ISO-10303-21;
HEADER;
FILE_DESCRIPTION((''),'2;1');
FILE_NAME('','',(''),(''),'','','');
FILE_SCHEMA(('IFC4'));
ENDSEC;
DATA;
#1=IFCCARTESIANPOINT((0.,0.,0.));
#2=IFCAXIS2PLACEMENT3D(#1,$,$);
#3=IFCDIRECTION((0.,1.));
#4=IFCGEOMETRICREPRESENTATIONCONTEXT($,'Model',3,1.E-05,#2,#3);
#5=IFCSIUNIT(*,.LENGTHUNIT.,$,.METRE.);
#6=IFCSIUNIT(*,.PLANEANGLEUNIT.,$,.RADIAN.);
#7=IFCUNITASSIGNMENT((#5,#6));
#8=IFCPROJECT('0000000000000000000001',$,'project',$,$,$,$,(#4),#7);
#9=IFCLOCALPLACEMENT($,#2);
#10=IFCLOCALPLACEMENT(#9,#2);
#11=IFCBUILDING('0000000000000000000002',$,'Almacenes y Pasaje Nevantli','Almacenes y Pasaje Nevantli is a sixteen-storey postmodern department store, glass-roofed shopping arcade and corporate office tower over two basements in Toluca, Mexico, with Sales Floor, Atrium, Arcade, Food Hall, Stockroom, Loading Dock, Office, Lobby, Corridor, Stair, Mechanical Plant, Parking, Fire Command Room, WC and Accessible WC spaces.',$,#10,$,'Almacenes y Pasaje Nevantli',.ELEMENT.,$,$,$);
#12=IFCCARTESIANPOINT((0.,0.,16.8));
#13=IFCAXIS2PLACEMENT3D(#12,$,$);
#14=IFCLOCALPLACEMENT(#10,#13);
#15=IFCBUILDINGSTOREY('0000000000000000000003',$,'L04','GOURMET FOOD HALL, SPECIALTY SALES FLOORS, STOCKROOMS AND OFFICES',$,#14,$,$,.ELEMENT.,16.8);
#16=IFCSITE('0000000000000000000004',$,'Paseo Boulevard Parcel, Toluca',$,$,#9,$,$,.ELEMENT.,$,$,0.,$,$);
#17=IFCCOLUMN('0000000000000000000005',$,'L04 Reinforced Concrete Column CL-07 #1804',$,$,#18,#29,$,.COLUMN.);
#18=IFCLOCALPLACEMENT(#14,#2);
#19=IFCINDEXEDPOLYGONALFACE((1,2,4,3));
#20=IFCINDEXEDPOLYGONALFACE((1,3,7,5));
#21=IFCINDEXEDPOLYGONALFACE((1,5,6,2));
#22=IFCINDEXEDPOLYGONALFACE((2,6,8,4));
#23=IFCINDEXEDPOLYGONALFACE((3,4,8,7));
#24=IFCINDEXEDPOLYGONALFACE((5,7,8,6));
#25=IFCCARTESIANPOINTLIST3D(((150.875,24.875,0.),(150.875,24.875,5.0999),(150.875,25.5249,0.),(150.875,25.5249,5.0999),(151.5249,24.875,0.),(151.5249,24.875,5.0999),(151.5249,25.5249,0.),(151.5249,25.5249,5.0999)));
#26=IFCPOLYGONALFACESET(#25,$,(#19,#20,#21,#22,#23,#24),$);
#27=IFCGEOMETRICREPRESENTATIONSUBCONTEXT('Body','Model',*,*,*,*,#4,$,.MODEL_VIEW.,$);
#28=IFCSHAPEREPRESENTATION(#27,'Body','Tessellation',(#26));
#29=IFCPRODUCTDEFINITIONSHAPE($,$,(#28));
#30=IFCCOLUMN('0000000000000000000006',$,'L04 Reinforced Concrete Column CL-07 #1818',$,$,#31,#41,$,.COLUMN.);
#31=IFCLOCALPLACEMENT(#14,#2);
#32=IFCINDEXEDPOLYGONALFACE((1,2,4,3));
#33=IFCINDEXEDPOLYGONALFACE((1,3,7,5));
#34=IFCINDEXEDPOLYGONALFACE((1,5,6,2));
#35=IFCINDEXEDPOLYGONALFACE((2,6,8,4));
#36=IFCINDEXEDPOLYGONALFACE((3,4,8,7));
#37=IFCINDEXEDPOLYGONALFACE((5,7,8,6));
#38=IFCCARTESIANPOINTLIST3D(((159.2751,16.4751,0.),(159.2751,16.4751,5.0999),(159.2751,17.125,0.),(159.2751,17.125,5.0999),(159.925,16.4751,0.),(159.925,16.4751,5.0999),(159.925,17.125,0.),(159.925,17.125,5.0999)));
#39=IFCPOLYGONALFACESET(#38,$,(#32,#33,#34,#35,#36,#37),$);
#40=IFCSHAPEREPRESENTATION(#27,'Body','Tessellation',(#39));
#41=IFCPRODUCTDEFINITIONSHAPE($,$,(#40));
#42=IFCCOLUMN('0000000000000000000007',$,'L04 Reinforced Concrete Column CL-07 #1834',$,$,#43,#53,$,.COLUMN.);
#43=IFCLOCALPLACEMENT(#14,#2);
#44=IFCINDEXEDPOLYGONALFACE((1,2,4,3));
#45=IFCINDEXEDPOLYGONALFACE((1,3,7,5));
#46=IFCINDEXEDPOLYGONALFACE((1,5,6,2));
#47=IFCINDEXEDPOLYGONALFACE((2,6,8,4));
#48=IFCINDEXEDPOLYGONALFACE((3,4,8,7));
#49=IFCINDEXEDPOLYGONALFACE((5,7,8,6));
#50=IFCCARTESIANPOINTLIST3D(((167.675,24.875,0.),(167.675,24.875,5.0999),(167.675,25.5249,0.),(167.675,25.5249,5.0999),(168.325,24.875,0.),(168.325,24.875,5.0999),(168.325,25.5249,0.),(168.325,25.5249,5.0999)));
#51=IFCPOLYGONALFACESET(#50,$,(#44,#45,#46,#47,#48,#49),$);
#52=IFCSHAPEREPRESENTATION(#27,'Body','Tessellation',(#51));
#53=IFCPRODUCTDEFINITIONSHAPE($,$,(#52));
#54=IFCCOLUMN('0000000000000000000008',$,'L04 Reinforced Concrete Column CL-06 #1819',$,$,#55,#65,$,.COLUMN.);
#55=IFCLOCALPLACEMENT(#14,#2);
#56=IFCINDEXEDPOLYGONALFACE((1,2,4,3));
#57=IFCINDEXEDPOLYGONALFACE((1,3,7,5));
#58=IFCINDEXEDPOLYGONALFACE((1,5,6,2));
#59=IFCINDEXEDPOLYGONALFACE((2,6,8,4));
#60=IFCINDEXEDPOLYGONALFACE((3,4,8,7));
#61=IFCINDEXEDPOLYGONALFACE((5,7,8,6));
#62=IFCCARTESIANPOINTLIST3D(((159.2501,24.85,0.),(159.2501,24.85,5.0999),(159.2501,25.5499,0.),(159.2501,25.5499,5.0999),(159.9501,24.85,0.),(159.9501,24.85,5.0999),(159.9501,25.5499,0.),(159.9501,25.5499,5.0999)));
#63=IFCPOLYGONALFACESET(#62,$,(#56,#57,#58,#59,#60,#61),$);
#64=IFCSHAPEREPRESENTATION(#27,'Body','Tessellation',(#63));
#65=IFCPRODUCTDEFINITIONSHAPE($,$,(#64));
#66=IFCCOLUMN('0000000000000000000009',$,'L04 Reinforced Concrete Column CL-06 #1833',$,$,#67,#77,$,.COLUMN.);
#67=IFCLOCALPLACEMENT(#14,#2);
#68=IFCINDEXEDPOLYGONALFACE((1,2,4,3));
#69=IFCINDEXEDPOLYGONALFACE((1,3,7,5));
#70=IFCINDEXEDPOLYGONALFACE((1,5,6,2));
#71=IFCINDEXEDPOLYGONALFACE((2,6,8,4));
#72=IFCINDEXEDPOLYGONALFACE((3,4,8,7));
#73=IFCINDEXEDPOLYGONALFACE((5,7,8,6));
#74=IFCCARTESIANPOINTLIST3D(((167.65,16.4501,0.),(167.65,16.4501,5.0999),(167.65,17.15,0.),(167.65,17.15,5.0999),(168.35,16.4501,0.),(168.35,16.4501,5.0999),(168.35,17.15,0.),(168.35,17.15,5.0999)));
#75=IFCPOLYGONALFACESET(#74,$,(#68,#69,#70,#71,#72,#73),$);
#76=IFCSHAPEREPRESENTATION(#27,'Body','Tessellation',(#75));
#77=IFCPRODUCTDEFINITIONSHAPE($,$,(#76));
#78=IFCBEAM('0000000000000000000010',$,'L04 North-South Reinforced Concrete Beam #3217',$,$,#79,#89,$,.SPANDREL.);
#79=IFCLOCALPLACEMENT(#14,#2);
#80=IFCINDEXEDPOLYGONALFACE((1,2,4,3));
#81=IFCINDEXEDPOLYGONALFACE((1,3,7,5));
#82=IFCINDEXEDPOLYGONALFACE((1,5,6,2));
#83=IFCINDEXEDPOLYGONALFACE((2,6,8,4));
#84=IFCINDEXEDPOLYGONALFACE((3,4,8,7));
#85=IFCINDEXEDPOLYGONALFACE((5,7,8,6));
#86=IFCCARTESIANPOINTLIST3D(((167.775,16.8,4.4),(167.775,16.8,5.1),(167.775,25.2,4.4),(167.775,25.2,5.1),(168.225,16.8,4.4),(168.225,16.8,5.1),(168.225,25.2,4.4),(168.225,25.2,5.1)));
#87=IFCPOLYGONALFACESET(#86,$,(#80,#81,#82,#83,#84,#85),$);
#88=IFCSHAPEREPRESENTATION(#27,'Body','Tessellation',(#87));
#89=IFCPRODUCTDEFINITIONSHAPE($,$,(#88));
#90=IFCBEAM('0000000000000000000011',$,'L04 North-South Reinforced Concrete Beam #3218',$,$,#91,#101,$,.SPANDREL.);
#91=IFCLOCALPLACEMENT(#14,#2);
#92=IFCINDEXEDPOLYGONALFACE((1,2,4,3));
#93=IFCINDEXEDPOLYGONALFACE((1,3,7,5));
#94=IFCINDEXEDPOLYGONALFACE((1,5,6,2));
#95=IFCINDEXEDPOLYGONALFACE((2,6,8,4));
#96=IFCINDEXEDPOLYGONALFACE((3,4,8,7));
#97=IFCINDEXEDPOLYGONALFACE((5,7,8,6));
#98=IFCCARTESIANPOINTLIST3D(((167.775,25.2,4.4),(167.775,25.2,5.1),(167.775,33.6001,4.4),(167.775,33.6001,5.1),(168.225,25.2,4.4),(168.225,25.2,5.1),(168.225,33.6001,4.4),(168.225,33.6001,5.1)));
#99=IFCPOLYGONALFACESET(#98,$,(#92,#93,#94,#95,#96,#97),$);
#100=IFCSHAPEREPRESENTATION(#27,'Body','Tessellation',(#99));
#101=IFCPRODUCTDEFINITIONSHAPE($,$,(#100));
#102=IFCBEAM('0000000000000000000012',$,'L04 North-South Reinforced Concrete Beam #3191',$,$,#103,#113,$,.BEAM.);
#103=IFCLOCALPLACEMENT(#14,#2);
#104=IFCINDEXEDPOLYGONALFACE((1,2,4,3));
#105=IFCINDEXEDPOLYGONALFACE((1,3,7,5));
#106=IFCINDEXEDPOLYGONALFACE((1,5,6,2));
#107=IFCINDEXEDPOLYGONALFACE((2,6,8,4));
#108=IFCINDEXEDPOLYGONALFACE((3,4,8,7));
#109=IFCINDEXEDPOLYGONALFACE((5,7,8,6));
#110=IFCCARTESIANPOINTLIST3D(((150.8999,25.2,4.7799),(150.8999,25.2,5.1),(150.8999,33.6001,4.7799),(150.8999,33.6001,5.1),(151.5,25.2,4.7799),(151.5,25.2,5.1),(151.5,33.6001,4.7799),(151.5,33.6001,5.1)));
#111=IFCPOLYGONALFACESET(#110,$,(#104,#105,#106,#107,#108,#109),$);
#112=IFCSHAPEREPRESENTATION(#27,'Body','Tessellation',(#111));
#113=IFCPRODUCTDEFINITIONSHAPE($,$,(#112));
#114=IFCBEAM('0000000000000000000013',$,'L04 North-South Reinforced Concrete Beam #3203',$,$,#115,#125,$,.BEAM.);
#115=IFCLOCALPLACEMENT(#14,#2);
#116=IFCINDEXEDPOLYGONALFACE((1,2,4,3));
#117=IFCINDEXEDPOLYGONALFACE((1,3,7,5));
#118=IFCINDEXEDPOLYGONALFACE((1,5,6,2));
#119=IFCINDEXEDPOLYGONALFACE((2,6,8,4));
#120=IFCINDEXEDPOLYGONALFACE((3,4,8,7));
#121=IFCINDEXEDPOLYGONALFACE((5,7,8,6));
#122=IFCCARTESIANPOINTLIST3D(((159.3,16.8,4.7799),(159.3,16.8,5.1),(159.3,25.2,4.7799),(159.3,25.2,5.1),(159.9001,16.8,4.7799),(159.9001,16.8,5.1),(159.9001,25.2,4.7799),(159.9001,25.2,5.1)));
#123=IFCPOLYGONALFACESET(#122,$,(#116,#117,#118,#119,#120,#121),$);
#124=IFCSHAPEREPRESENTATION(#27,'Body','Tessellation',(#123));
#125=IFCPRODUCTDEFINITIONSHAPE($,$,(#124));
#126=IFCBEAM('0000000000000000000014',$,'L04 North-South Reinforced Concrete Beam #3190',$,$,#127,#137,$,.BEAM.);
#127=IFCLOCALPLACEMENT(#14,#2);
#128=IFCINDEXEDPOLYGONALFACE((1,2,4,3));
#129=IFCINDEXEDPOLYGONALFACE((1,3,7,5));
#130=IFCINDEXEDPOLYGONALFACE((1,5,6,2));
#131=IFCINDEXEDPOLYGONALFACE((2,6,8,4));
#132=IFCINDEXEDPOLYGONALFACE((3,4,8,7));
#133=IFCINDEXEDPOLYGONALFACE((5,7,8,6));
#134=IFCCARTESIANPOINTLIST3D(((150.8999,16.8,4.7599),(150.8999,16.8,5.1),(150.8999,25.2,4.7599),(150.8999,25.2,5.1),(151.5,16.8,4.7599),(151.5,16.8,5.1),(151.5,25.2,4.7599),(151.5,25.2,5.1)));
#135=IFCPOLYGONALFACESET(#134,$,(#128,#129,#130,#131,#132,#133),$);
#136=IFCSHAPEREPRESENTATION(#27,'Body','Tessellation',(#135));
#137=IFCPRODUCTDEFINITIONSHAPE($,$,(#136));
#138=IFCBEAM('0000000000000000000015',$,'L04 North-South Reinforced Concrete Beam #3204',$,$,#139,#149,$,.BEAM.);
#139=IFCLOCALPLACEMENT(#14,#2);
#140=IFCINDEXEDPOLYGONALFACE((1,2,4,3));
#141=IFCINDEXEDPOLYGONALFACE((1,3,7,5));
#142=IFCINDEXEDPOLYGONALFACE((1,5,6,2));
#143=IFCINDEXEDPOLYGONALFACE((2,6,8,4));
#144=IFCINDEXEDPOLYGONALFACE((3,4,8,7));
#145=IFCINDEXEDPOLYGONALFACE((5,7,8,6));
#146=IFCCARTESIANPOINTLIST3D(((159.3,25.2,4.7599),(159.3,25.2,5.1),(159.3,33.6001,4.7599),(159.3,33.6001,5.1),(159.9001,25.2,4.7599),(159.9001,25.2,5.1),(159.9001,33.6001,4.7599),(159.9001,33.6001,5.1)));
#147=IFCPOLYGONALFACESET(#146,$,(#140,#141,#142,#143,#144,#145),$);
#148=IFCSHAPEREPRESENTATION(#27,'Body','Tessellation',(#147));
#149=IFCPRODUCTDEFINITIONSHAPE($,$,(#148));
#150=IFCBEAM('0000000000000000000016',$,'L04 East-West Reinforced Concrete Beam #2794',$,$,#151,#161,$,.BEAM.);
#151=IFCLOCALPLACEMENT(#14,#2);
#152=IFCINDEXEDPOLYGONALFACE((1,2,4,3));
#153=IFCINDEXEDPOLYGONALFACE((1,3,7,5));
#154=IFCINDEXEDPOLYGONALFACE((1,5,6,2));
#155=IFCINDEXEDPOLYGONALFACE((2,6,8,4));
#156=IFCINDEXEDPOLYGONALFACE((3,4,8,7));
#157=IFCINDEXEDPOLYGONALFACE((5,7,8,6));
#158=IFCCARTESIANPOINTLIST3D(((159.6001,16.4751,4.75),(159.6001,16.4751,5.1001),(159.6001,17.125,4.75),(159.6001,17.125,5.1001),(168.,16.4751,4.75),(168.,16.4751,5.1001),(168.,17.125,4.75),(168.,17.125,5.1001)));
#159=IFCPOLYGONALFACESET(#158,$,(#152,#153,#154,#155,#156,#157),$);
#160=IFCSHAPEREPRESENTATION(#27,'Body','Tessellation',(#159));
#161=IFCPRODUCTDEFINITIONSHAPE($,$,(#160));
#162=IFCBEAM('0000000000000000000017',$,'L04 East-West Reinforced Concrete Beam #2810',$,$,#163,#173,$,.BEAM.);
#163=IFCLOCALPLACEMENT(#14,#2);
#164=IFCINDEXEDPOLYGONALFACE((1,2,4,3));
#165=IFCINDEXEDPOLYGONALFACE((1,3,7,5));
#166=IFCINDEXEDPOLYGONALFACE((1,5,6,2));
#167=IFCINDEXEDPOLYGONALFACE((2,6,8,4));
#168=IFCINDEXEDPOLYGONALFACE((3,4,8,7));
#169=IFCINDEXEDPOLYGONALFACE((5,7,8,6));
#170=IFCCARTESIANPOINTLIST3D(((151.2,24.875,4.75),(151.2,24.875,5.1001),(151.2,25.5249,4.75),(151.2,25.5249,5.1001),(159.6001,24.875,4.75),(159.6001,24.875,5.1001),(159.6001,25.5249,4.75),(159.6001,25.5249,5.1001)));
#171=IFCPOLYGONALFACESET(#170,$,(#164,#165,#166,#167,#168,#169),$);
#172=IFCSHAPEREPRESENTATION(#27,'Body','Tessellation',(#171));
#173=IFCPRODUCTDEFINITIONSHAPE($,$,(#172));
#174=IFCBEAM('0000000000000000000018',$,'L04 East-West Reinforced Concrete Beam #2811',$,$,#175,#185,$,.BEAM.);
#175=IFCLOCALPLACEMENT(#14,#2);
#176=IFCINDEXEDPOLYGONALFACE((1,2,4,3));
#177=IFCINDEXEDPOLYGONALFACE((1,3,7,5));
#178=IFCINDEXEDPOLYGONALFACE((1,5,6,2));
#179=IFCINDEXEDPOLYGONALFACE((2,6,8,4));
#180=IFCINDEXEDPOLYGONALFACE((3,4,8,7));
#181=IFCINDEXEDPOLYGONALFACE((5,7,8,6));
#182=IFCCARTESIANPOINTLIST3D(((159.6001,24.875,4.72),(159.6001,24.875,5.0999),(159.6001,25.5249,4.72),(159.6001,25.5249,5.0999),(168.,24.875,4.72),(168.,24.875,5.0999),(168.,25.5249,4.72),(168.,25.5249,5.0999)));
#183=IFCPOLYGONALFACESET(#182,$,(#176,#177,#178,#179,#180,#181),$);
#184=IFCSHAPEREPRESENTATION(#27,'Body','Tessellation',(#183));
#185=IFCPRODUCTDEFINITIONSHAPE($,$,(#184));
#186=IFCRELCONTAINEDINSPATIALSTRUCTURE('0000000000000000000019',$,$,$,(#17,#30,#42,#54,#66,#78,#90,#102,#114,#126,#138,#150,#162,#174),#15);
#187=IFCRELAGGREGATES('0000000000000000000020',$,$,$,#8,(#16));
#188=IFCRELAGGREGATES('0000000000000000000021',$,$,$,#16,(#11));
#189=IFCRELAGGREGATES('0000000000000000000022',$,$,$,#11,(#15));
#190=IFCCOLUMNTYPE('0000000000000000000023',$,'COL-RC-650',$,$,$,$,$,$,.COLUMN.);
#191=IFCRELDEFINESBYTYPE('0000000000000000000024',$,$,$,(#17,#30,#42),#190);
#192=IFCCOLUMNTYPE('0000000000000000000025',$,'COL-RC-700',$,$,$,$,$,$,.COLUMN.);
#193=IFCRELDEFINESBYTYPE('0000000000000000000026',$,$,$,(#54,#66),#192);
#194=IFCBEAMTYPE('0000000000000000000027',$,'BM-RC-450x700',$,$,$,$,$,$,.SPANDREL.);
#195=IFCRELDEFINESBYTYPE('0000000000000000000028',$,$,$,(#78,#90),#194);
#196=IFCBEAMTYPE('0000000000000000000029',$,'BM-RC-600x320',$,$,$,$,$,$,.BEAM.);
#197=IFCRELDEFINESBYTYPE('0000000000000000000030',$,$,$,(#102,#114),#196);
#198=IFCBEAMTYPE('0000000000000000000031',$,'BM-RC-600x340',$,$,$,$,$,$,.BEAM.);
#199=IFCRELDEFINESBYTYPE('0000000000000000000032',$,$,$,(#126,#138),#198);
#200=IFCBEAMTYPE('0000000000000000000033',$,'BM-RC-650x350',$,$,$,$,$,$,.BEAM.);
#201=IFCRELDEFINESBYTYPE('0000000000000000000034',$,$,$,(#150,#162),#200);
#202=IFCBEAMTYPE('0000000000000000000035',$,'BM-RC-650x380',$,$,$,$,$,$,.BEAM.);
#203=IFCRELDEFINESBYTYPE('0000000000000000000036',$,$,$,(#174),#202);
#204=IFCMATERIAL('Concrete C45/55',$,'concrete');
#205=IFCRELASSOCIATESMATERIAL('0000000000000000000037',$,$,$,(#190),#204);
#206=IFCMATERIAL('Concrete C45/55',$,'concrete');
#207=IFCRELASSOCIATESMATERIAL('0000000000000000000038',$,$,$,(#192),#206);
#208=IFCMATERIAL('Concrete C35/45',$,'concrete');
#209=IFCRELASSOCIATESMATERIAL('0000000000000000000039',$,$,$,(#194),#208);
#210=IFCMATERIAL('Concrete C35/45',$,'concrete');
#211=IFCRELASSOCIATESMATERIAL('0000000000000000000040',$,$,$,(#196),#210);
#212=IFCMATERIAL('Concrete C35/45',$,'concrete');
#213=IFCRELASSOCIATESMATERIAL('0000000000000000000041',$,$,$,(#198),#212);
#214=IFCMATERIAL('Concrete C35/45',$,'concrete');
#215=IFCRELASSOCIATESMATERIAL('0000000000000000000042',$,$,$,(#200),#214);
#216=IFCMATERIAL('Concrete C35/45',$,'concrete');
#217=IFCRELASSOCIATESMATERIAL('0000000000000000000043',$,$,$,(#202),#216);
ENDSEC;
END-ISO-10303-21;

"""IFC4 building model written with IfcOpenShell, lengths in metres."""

from ifc_helpers import new_model, si_unit, direction, frame, origin, origin_2d, place, context, subcontext, project, spatial, rectangle, extrude, material, material_profile, profile_set, type_object, element, save


model = new_model("IFC4")

# Units and contexts
model_context = context("Model", 3, precision=1e-05, world=origin(), true_north=direction((0.0, 1.0)))
body_context = subcontext(model_context, "Body", "Model", "MODEL_VIEW")
ifc_project = project(units=[si_unit("LENGTHUNIT", "METRE"), si_unit("PLANEANGLEUNIT", "RADIAN")], contexts=[model_context])

# Site, building, storey
site_placement = place(None, origin())
site = spatial("IfcSite", under=ifc_project, at=site_placement, Name="Paseo Boulevard Parcel, Toluca", CompositionType="ELEMENT", RefElevation=0.0)
building_placement = place(site_placement, origin())
building = spatial("IfcBuilding", under=site, at=building_placement, Name="Almacenes y Pasaje Nevantli", Description="Almacenes y Pasaje Nevantli is a sixteen-storey postmodern department store, glass-roofed shopping arcade and corporate office tower over two basements in Toluca, Mexico, with Sales Floor, Atrium, Arcade, Food Hall, Stockroom, Loading Dock, Office, Lobby, Corridor, Stair, Mechanical Plant, Parking, Fire Command Room, WC and Accessible WC spaces.", LongName="Almacenes y Pasaje Nevantli", CompositionType="ELEMENT")
storey_placement = place(building_placement, frame((0.0, 0.0, 16.8)))
storey = spatial("IfcBuildingStorey", under=building, at=storey_placement, Name="L04", Description="GOURMET FOOD HALL, SPECIALTY SALES FLOORS, STOCKROOMS AND OFFICES", CompositionType="ELEMENT", Elevation=16.8)

# Columns
ifc_material_1 = material(Name="Concrete C45/55", Category="concrete")
ifc_material_profile_1 = material_profile(ifc_material_1, rectangle(XDim=0.6499, YDim=0.6499, at=origin_2d()), Name="RC-COL-650x650")
ifc_profile_set_1 = profile_set([ifc_material_profile_1], Name="Concrete C45/55")
column_type_1 = type_object("IfcColumnType", Name="COL-RC-650", PredefinedType="COLUMN", material=ifc_profile_set_1)
for number, where, z_axis, x_axis, name in (
    (1, (151.2, 25.2, 0.0), (0.0, 0.0, 1.0), (1.0, 0.0, 0.0), "L04 Reinforced Concrete Column CL-07 #1804"),
    (2, (159.6001, 16.8, 0.0), (0.0, 0.0, 1.0), (1.0, 0.0, 0.0), "L04 Reinforced Concrete Column CL-07 #1818"),
    (3, (168.0, 25.2, 0.0), (0.0, 0.0, 1.0), (1.0, 0.0, 0.0), "L04 Reinforced Concrete Column CL-07 #1834"),
):
    element("IfcColumn", number, at=place(storey_placement, frame(where, z_axis=z_axis, x_axis=x_axis)), inside=storey, type_object=column_type_1, Name=name, PredefinedType="COLUMN", context=body_context, shape_type="SweptSolid", body=[
        extrude(rectangle(XDim=0.6499, YDim=0.6499, at=origin_2d()), origin(), (0.0, 0.0, 1.0), 5.0999),
    ])
ifc_material_2 = material(Name="Concrete C45/55", Category="concrete")
ifc_material_profile_2 = material_profile(ifc_material_2, rectangle(XDim=0.7, YDim=0.7, at=origin_2d()), Name="RC-COL-700x700")
ifc_profile_set_2 = profile_set([ifc_material_profile_2], Name="Concrete C45/55")
column_type_2 = type_object("IfcColumnType", Name="COL-RC-700", PredefinedType="COLUMN", material=ifc_profile_set_2)
for number, where, z_axis, x_axis, name in (
    (4, (159.6001, 25.2, 0.0), (0.0, 0.0, 1.0), (1.0, 0.0, 0.0), "L04 Reinforced Concrete Column CL-06 #1819"),
    (5, (168.0, 16.8, 0.0), (0.0, 0.0, 1.0), (1.0, 0.0, 0.0), "L04 Reinforced Concrete Column CL-06 #1833"),
):
    element("IfcColumn", number, at=place(storey_placement, frame(where, z_axis=z_axis, x_axis=x_axis)), inside=storey, type_object=column_type_2, Name=name, PredefinedType="COLUMN", context=body_context, shape_type="SweptSolid", body=[
        extrude(rectangle(XDim=0.7, YDim=0.7, at=origin_2d()), origin(), (0.0, 0.0, 1.0), 5.0999),
    ])

# Beams
ifc_material_3 = material(Name="Concrete C35/45", Category="concrete")
ifc_material_profile_3 = material_profile(ifc_material_3, rectangle(XDim=0.45, YDim=0.7, at=origin_2d()), Name="RC-BM-450x700")
ifc_profile_set_3 = profile_set([ifc_material_profile_3], Name="Concrete C35/45")
beam_type_1 = type_object("IfcBeamType", Name="BM-RC-450x700", PredefinedType="SPANDREL", material=ifc_profile_set_3)
beam_1_placement = place(storey_placement, frame((168.0, 16.8, 4.75), z_axis=(0.0, 1.0, 0.0), x_axis=(-1.0, 0.0, 0.0)))
element("IfcBeam", 6, at=beam_1_placement, inside=storey, type_object=beam_type_1, Name="L04 North-South Reinforced Concrete Beam #3217", PredefinedType="SPANDREL", context=body_context, shape_type="SweptSolid", body=[
    extrude(rectangle(XDim=0.45, YDim=0.7, at=origin_2d()), origin(), (0.0, 0.0, 1.0), 8.3999),
])
beam_2_placement = place(storey_placement, frame((168.0, 25.2, 4.75), z_axis=(0.0, 1.0, 0.0), x_axis=(-1.0, 0.0, 0.0)))
element("IfcBeam", 7, at=beam_2_placement, inside=storey, type_object=beam_type_1, Name="L04 North-South Reinforced Concrete Beam #3218", PredefinedType="SPANDREL", context=body_context, shape_type="SweptSolid", body=[
    extrude(rectangle(XDim=0.45, YDim=0.7, at=origin_2d()), origin(), (0.0, 0.0, 1.0), 8.4001),
])
ifc_material_4 = material(Name="Concrete C35/45", Category="concrete")
ifc_material_profile_4 = material_profile(ifc_material_4, rectangle(XDim=0.6001, YDim=0.3201, at=origin_2d()), Name="RC-BM-600x320")
ifc_profile_set_4 = profile_set([ifc_material_profile_4], Name="Concrete C35/45")
beam_type_2 = type_object("IfcBeamType", Name="BM-RC-600x320", PredefinedType="BEAM", material=ifc_profile_set_4)
beam_3_placement = place(storey_placement, frame((151.2, 25.2, 4.9399), z_axis=(0.0, 1.0, 0.0), x_axis=(-1.0, 0.0, 0.0)))
element("IfcBeam", 8, at=beam_3_placement, inside=storey, type_object=beam_type_2, Name="L04 North-South Reinforced Concrete Beam #3191", PredefinedType="BEAM", context=body_context, shape_type="SweptSolid", body=[
    extrude(rectangle(XDim=0.6001, YDim=0.3201, at=origin_2d()), origin(), (0.0, 0.0, 1.0), 8.4001),
])
beam_4_placement = place(storey_placement, frame((159.6001, 16.8, 4.9399), z_axis=(0.0, 1.0, 0.0), x_axis=(-1.0, 0.0, 0.0)))
element("IfcBeam", 9, at=beam_4_placement, inside=storey, type_object=beam_type_2, Name="L04 North-South Reinforced Concrete Beam #3203", PredefinedType="BEAM", context=body_context, shape_type="SweptSolid", body=[
    extrude(rectangle(XDim=0.6001, YDim=0.3201, at=origin_2d()), origin(), (0.0, 0.0, 1.0), 8.3999),
])
ifc_material_5 = material(Name="Concrete C35/45", Category="concrete")
ifc_material_profile_5 = material_profile(ifc_material_5, rectangle(XDim=0.6001, YDim=0.3401, at=origin_2d()), Name="RC-BM-600x340")
ifc_profile_set_5 = profile_set([ifc_material_profile_5], Name="Concrete C35/45")
beam_type_3 = type_object("IfcBeamType", Name="BM-RC-600x340", PredefinedType="BEAM", material=ifc_profile_set_5)
beam_5_placement = place(storey_placement, frame((151.2, 16.8, 4.9299), z_axis=(0.0, 1.0, 0.0), x_axis=(-1.0, 0.0, 0.0)))
element("IfcBeam", 10, at=beam_5_placement, inside=storey, type_object=beam_type_3, Name="L04 North-South Reinforced Concrete Beam #3190", PredefinedType="BEAM", context=body_context, shape_type="SweptSolid", body=[
    extrude(rectangle(XDim=0.6001, YDim=0.3401, at=origin_2d()), origin(), (0.0, 0.0, 1.0), 8.3999),
])
beam_6_placement = place(storey_placement, frame((159.6001, 25.2, 4.9299), z_axis=(0.0, 1.0, 0.0), x_axis=(-1.0, 0.0, 0.0)))
element("IfcBeam", 11, at=beam_6_placement, inside=storey, type_object=beam_type_3, Name="L04 North-South Reinforced Concrete Beam #3204", PredefinedType="BEAM", context=body_context, shape_type="SweptSolid", body=[
    extrude(rectangle(XDim=0.6001, YDim=0.3401, at=origin_2d()), origin(), (0.0, 0.0, 1.0), 8.4001),
])
ifc_material_6 = material(Name="Concrete C35/45", Category="concrete")
ifc_material_profile_6 = material_profile(ifc_material_6, rectangle(XDim=0.6499, YDim=0.3501, at=origin_2d()), Name="RC-BM-650x350")
ifc_profile_set_6 = profile_set([ifc_material_profile_6], Name="Concrete C35/45")
beam_type_4 = type_object("IfcBeamType", Name="BM-RC-650x350", PredefinedType="BEAM", material=ifc_profile_set_6)
beam_7_placement = place(storey_placement, frame((159.6001, 16.8, 4.925), z_axis=(1.0, 0.0, 0.0), x_axis=(0.0, 1.0, 0.0)))
element("IfcBeam", 12, at=beam_7_placement, inside=storey, type_object=beam_type_4, Name="L04 East-West Reinforced Concrete Beam #2794", PredefinedType="BEAM", context=body_context, shape_type="SweptSolid", body=[
    extrude(rectangle(XDim=0.6499, YDim=0.3501, at=origin_2d()), origin(), (0.0, 0.0, 1.0), 8.3999),
])
beam_8_placement = place(storey_placement, frame((151.2, 25.2, 4.925), z_axis=(1.0, 0.0, 0.0), x_axis=(0.0, 1.0, 0.0)))
element("IfcBeam", 13, at=beam_8_placement, inside=storey, type_object=beam_type_4, Name="L04 East-West Reinforced Concrete Beam #2810", PredefinedType="BEAM", context=body_context, shape_type="SweptSolid", body=[
    extrude(rectangle(XDim=0.6499, YDim=0.3501, at=origin_2d()), origin(), (0.0, 0.0, 1.0), 8.4001),
])
ifc_material_7 = material(Name="Concrete C35/45", Category="concrete")
ifc_material_profile_7 = material_profile(ifc_material_7, rectangle(XDim=0.6499, YDim=0.3799, at=origin_2d()), Name="RC-BM-650x380")
ifc_profile_set_7 = profile_set([ifc_material_profile_7], Name="Concrete C35/45")
beam_type_5 = type_object("IfcBeamType", Name="BM-RC-650x380", PredefinedType="BEAM", material=ifc_profile_set_7)
beam_9_placement = place(storey_placement, frame((159.6001, 25.2, 4.9099), z_axis=(1.0, 0.0, 0.0), x_axis=(0.0, 1.0, 0.0)))
element("IfcBeam", 14, at=beam_9_placement, inside=storey, type_object=beam_type_5, Name="L04 East-West Reinforced Concrete Beam #2811", PredefinedType="BEAM", context=body_context, shape_type="SweptSolid", body=[
    extrude(rectangle(XDim=0.6499, YDim=0.3799, at=origin_2d()), origin(), (0.0, 0.0, 1.0), 8.3999),
])

save(model, "model.ifc")
